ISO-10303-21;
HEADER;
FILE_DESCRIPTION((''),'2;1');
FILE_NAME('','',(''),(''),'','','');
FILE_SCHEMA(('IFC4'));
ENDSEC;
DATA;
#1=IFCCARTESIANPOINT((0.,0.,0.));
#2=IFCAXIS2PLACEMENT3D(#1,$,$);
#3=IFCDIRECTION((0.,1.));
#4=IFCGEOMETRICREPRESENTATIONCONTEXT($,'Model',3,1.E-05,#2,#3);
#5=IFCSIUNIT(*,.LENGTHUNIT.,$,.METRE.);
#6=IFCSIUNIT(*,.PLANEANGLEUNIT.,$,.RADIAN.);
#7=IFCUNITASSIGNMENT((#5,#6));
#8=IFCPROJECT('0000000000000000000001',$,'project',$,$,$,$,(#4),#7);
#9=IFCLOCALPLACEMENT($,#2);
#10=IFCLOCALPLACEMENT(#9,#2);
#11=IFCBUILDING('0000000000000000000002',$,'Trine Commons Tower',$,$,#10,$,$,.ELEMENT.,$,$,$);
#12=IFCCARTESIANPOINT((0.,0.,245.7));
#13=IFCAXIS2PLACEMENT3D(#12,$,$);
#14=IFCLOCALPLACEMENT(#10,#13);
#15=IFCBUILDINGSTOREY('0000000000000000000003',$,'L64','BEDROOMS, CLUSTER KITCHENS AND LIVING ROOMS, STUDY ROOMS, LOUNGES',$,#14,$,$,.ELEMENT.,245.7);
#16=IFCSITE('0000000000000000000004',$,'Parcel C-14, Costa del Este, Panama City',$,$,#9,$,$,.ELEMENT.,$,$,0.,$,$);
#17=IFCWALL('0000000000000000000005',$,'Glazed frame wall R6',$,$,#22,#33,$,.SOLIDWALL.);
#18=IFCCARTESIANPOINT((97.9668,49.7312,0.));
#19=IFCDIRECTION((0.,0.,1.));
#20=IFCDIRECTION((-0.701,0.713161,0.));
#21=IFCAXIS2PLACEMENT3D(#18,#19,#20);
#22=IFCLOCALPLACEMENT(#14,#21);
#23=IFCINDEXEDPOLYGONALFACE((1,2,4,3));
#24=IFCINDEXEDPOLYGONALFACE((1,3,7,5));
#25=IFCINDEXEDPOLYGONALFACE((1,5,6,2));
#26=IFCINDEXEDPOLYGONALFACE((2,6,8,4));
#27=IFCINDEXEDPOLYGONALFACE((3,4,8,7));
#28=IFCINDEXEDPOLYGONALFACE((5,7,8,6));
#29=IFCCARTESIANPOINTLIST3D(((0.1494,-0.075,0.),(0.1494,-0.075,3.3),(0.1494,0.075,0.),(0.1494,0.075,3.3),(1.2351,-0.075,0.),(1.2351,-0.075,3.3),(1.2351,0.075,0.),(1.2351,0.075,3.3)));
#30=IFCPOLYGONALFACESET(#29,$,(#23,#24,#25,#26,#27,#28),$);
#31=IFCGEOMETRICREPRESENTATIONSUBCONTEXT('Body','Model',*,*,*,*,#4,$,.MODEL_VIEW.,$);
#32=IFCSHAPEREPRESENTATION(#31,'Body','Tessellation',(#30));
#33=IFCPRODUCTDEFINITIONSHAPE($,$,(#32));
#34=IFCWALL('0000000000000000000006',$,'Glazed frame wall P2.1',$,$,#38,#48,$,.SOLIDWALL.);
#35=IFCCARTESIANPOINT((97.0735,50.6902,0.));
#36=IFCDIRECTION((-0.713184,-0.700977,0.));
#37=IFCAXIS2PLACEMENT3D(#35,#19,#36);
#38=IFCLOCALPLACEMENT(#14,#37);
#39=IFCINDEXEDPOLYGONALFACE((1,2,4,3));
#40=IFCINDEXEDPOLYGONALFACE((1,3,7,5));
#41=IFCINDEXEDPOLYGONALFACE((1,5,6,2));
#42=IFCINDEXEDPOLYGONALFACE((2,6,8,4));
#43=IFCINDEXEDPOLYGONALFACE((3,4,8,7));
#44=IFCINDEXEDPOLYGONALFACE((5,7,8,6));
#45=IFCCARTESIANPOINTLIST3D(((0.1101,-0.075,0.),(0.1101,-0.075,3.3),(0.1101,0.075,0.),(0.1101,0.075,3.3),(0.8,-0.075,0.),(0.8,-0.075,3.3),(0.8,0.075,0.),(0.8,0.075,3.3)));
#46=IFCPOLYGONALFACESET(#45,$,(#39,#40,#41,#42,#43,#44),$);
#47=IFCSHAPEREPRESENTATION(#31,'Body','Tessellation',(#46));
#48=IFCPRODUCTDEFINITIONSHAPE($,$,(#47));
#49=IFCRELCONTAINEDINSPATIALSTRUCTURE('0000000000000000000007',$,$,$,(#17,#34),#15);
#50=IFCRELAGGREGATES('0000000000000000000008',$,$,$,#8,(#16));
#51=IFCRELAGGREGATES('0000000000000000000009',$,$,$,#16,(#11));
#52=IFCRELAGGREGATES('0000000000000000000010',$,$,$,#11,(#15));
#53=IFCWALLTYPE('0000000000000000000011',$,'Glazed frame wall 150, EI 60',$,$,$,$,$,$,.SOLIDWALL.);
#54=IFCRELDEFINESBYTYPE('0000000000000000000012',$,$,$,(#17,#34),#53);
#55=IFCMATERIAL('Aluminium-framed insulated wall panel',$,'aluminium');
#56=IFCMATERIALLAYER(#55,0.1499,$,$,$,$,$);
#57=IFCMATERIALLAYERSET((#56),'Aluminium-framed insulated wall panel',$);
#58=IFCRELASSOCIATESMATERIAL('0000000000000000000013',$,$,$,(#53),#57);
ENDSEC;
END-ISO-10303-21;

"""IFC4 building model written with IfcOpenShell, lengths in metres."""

from ifc_helpers import new_model, si_unit, direction, frame, origin, place, context, subcontext, project, spatial, polyline, outline, extrude, material, layer, layer_set, type_object, element, save


model = new_model("IFC4")

# Units and contexts
model_context = context("Model", 3, precision=1e-05, world=origin(), true_north=direction((0.0, 1.0)))
body_context = subcontext(model_context, "Body", "Model", "MODEL_VIEW")
ifc_project = project(units=[si_unit("LENGTHUNIT", "METRE"), si_unit("PLANEANGLEUNIT", "RADIAN")], contexts=[model_context])

# Site, building, storey
site_placement = place(None, origin())
site = spatial("IfcSite", under=ifc_project, at=site_placement, Name="Parcel C-14, Costa del Este, Panama City", CompositionType="ELEMENT", RefElevation=0.0)
building_placement = place(site_placement, origin())
building = spatial("IfcBuilding", under=site, at=building_placement, Name="Trine Commons Tower", CompositionType="ELEMENT")
storey_placement = place(building_placement, frame((0.0, 0.0, 245.7)))
storey = spatial("IfcBuildingStorey", under=building, at=storey_placement, Name="L64", Description="BEDROOMS, CLUSTER KITCHENS AND LIVING ROOMS, STUDY ROOMS, LOUNGES", CompositionType="ELEMENT", Elevation=245.7)

# Walls
ifc_material_1 = material(Name="Aluminium-framed insulated wall panel", Category="aluminium")
ifc_layer_1 = layer(ifc_material_1, 0.1499)
ifc_layer_set_1 = layer_set([ifc_layer_1], Name="Aluminium-framed insulated wall panel")
wall_type_1 = type_object("IfcWallType", Name="Glazed frame wall 150, EI 60", PredefinedType="SOLIDWALL", material=ifc_layer_set_1)
wall_1_placement = place(storey_placement, frame((97.9668, 49.7312, 0.0), z_axis=(0.0, 0.0, 1.0), x_axis=(-0.701, 0.713161, 0.0)))
element("IfcWall", 1, at=wall_1_placement, inside=storey, type_object=wall_type_1, Name="Glazed frame wall R6", PredefinedType="SOLIDWALL", context=body_context, shape_type="SweptSolid", body=[
    extrude(outline(polyline([(0.1494, 0.075), (0.1494, -0.075), (1.2351, -0.075), (1.2351, 0.075), (0.1494, 0.075)])), origin(), (0.0, 0.0, 1.0), 3.3),
])
wall_2_placement = place(storey_placement, frame((97.0735, 50.6902, 0.0), z_axis=(0.0, 0.0, 1.0), x_axis=(-0.713184, -0.700977, 0.0)))
element("IfcWall", 2, at=wall_2_placement, inside=storey, type_object=wall_type_1, Name="Glazed frame wall P2.1", PredefinedType="SOLIDWALL", context=body_context, shape_type="SweptSolid", body=[
    extrude(outline(polyline([(0.1101, -0.075), (0.8, -0.075), (0.8, 0.075), (0.1101, 0.075), (0.1101, -0.075)])), origin(), (0.0, 0.0, 1.0), 3.3),
])

save(model, "model.ifc")
